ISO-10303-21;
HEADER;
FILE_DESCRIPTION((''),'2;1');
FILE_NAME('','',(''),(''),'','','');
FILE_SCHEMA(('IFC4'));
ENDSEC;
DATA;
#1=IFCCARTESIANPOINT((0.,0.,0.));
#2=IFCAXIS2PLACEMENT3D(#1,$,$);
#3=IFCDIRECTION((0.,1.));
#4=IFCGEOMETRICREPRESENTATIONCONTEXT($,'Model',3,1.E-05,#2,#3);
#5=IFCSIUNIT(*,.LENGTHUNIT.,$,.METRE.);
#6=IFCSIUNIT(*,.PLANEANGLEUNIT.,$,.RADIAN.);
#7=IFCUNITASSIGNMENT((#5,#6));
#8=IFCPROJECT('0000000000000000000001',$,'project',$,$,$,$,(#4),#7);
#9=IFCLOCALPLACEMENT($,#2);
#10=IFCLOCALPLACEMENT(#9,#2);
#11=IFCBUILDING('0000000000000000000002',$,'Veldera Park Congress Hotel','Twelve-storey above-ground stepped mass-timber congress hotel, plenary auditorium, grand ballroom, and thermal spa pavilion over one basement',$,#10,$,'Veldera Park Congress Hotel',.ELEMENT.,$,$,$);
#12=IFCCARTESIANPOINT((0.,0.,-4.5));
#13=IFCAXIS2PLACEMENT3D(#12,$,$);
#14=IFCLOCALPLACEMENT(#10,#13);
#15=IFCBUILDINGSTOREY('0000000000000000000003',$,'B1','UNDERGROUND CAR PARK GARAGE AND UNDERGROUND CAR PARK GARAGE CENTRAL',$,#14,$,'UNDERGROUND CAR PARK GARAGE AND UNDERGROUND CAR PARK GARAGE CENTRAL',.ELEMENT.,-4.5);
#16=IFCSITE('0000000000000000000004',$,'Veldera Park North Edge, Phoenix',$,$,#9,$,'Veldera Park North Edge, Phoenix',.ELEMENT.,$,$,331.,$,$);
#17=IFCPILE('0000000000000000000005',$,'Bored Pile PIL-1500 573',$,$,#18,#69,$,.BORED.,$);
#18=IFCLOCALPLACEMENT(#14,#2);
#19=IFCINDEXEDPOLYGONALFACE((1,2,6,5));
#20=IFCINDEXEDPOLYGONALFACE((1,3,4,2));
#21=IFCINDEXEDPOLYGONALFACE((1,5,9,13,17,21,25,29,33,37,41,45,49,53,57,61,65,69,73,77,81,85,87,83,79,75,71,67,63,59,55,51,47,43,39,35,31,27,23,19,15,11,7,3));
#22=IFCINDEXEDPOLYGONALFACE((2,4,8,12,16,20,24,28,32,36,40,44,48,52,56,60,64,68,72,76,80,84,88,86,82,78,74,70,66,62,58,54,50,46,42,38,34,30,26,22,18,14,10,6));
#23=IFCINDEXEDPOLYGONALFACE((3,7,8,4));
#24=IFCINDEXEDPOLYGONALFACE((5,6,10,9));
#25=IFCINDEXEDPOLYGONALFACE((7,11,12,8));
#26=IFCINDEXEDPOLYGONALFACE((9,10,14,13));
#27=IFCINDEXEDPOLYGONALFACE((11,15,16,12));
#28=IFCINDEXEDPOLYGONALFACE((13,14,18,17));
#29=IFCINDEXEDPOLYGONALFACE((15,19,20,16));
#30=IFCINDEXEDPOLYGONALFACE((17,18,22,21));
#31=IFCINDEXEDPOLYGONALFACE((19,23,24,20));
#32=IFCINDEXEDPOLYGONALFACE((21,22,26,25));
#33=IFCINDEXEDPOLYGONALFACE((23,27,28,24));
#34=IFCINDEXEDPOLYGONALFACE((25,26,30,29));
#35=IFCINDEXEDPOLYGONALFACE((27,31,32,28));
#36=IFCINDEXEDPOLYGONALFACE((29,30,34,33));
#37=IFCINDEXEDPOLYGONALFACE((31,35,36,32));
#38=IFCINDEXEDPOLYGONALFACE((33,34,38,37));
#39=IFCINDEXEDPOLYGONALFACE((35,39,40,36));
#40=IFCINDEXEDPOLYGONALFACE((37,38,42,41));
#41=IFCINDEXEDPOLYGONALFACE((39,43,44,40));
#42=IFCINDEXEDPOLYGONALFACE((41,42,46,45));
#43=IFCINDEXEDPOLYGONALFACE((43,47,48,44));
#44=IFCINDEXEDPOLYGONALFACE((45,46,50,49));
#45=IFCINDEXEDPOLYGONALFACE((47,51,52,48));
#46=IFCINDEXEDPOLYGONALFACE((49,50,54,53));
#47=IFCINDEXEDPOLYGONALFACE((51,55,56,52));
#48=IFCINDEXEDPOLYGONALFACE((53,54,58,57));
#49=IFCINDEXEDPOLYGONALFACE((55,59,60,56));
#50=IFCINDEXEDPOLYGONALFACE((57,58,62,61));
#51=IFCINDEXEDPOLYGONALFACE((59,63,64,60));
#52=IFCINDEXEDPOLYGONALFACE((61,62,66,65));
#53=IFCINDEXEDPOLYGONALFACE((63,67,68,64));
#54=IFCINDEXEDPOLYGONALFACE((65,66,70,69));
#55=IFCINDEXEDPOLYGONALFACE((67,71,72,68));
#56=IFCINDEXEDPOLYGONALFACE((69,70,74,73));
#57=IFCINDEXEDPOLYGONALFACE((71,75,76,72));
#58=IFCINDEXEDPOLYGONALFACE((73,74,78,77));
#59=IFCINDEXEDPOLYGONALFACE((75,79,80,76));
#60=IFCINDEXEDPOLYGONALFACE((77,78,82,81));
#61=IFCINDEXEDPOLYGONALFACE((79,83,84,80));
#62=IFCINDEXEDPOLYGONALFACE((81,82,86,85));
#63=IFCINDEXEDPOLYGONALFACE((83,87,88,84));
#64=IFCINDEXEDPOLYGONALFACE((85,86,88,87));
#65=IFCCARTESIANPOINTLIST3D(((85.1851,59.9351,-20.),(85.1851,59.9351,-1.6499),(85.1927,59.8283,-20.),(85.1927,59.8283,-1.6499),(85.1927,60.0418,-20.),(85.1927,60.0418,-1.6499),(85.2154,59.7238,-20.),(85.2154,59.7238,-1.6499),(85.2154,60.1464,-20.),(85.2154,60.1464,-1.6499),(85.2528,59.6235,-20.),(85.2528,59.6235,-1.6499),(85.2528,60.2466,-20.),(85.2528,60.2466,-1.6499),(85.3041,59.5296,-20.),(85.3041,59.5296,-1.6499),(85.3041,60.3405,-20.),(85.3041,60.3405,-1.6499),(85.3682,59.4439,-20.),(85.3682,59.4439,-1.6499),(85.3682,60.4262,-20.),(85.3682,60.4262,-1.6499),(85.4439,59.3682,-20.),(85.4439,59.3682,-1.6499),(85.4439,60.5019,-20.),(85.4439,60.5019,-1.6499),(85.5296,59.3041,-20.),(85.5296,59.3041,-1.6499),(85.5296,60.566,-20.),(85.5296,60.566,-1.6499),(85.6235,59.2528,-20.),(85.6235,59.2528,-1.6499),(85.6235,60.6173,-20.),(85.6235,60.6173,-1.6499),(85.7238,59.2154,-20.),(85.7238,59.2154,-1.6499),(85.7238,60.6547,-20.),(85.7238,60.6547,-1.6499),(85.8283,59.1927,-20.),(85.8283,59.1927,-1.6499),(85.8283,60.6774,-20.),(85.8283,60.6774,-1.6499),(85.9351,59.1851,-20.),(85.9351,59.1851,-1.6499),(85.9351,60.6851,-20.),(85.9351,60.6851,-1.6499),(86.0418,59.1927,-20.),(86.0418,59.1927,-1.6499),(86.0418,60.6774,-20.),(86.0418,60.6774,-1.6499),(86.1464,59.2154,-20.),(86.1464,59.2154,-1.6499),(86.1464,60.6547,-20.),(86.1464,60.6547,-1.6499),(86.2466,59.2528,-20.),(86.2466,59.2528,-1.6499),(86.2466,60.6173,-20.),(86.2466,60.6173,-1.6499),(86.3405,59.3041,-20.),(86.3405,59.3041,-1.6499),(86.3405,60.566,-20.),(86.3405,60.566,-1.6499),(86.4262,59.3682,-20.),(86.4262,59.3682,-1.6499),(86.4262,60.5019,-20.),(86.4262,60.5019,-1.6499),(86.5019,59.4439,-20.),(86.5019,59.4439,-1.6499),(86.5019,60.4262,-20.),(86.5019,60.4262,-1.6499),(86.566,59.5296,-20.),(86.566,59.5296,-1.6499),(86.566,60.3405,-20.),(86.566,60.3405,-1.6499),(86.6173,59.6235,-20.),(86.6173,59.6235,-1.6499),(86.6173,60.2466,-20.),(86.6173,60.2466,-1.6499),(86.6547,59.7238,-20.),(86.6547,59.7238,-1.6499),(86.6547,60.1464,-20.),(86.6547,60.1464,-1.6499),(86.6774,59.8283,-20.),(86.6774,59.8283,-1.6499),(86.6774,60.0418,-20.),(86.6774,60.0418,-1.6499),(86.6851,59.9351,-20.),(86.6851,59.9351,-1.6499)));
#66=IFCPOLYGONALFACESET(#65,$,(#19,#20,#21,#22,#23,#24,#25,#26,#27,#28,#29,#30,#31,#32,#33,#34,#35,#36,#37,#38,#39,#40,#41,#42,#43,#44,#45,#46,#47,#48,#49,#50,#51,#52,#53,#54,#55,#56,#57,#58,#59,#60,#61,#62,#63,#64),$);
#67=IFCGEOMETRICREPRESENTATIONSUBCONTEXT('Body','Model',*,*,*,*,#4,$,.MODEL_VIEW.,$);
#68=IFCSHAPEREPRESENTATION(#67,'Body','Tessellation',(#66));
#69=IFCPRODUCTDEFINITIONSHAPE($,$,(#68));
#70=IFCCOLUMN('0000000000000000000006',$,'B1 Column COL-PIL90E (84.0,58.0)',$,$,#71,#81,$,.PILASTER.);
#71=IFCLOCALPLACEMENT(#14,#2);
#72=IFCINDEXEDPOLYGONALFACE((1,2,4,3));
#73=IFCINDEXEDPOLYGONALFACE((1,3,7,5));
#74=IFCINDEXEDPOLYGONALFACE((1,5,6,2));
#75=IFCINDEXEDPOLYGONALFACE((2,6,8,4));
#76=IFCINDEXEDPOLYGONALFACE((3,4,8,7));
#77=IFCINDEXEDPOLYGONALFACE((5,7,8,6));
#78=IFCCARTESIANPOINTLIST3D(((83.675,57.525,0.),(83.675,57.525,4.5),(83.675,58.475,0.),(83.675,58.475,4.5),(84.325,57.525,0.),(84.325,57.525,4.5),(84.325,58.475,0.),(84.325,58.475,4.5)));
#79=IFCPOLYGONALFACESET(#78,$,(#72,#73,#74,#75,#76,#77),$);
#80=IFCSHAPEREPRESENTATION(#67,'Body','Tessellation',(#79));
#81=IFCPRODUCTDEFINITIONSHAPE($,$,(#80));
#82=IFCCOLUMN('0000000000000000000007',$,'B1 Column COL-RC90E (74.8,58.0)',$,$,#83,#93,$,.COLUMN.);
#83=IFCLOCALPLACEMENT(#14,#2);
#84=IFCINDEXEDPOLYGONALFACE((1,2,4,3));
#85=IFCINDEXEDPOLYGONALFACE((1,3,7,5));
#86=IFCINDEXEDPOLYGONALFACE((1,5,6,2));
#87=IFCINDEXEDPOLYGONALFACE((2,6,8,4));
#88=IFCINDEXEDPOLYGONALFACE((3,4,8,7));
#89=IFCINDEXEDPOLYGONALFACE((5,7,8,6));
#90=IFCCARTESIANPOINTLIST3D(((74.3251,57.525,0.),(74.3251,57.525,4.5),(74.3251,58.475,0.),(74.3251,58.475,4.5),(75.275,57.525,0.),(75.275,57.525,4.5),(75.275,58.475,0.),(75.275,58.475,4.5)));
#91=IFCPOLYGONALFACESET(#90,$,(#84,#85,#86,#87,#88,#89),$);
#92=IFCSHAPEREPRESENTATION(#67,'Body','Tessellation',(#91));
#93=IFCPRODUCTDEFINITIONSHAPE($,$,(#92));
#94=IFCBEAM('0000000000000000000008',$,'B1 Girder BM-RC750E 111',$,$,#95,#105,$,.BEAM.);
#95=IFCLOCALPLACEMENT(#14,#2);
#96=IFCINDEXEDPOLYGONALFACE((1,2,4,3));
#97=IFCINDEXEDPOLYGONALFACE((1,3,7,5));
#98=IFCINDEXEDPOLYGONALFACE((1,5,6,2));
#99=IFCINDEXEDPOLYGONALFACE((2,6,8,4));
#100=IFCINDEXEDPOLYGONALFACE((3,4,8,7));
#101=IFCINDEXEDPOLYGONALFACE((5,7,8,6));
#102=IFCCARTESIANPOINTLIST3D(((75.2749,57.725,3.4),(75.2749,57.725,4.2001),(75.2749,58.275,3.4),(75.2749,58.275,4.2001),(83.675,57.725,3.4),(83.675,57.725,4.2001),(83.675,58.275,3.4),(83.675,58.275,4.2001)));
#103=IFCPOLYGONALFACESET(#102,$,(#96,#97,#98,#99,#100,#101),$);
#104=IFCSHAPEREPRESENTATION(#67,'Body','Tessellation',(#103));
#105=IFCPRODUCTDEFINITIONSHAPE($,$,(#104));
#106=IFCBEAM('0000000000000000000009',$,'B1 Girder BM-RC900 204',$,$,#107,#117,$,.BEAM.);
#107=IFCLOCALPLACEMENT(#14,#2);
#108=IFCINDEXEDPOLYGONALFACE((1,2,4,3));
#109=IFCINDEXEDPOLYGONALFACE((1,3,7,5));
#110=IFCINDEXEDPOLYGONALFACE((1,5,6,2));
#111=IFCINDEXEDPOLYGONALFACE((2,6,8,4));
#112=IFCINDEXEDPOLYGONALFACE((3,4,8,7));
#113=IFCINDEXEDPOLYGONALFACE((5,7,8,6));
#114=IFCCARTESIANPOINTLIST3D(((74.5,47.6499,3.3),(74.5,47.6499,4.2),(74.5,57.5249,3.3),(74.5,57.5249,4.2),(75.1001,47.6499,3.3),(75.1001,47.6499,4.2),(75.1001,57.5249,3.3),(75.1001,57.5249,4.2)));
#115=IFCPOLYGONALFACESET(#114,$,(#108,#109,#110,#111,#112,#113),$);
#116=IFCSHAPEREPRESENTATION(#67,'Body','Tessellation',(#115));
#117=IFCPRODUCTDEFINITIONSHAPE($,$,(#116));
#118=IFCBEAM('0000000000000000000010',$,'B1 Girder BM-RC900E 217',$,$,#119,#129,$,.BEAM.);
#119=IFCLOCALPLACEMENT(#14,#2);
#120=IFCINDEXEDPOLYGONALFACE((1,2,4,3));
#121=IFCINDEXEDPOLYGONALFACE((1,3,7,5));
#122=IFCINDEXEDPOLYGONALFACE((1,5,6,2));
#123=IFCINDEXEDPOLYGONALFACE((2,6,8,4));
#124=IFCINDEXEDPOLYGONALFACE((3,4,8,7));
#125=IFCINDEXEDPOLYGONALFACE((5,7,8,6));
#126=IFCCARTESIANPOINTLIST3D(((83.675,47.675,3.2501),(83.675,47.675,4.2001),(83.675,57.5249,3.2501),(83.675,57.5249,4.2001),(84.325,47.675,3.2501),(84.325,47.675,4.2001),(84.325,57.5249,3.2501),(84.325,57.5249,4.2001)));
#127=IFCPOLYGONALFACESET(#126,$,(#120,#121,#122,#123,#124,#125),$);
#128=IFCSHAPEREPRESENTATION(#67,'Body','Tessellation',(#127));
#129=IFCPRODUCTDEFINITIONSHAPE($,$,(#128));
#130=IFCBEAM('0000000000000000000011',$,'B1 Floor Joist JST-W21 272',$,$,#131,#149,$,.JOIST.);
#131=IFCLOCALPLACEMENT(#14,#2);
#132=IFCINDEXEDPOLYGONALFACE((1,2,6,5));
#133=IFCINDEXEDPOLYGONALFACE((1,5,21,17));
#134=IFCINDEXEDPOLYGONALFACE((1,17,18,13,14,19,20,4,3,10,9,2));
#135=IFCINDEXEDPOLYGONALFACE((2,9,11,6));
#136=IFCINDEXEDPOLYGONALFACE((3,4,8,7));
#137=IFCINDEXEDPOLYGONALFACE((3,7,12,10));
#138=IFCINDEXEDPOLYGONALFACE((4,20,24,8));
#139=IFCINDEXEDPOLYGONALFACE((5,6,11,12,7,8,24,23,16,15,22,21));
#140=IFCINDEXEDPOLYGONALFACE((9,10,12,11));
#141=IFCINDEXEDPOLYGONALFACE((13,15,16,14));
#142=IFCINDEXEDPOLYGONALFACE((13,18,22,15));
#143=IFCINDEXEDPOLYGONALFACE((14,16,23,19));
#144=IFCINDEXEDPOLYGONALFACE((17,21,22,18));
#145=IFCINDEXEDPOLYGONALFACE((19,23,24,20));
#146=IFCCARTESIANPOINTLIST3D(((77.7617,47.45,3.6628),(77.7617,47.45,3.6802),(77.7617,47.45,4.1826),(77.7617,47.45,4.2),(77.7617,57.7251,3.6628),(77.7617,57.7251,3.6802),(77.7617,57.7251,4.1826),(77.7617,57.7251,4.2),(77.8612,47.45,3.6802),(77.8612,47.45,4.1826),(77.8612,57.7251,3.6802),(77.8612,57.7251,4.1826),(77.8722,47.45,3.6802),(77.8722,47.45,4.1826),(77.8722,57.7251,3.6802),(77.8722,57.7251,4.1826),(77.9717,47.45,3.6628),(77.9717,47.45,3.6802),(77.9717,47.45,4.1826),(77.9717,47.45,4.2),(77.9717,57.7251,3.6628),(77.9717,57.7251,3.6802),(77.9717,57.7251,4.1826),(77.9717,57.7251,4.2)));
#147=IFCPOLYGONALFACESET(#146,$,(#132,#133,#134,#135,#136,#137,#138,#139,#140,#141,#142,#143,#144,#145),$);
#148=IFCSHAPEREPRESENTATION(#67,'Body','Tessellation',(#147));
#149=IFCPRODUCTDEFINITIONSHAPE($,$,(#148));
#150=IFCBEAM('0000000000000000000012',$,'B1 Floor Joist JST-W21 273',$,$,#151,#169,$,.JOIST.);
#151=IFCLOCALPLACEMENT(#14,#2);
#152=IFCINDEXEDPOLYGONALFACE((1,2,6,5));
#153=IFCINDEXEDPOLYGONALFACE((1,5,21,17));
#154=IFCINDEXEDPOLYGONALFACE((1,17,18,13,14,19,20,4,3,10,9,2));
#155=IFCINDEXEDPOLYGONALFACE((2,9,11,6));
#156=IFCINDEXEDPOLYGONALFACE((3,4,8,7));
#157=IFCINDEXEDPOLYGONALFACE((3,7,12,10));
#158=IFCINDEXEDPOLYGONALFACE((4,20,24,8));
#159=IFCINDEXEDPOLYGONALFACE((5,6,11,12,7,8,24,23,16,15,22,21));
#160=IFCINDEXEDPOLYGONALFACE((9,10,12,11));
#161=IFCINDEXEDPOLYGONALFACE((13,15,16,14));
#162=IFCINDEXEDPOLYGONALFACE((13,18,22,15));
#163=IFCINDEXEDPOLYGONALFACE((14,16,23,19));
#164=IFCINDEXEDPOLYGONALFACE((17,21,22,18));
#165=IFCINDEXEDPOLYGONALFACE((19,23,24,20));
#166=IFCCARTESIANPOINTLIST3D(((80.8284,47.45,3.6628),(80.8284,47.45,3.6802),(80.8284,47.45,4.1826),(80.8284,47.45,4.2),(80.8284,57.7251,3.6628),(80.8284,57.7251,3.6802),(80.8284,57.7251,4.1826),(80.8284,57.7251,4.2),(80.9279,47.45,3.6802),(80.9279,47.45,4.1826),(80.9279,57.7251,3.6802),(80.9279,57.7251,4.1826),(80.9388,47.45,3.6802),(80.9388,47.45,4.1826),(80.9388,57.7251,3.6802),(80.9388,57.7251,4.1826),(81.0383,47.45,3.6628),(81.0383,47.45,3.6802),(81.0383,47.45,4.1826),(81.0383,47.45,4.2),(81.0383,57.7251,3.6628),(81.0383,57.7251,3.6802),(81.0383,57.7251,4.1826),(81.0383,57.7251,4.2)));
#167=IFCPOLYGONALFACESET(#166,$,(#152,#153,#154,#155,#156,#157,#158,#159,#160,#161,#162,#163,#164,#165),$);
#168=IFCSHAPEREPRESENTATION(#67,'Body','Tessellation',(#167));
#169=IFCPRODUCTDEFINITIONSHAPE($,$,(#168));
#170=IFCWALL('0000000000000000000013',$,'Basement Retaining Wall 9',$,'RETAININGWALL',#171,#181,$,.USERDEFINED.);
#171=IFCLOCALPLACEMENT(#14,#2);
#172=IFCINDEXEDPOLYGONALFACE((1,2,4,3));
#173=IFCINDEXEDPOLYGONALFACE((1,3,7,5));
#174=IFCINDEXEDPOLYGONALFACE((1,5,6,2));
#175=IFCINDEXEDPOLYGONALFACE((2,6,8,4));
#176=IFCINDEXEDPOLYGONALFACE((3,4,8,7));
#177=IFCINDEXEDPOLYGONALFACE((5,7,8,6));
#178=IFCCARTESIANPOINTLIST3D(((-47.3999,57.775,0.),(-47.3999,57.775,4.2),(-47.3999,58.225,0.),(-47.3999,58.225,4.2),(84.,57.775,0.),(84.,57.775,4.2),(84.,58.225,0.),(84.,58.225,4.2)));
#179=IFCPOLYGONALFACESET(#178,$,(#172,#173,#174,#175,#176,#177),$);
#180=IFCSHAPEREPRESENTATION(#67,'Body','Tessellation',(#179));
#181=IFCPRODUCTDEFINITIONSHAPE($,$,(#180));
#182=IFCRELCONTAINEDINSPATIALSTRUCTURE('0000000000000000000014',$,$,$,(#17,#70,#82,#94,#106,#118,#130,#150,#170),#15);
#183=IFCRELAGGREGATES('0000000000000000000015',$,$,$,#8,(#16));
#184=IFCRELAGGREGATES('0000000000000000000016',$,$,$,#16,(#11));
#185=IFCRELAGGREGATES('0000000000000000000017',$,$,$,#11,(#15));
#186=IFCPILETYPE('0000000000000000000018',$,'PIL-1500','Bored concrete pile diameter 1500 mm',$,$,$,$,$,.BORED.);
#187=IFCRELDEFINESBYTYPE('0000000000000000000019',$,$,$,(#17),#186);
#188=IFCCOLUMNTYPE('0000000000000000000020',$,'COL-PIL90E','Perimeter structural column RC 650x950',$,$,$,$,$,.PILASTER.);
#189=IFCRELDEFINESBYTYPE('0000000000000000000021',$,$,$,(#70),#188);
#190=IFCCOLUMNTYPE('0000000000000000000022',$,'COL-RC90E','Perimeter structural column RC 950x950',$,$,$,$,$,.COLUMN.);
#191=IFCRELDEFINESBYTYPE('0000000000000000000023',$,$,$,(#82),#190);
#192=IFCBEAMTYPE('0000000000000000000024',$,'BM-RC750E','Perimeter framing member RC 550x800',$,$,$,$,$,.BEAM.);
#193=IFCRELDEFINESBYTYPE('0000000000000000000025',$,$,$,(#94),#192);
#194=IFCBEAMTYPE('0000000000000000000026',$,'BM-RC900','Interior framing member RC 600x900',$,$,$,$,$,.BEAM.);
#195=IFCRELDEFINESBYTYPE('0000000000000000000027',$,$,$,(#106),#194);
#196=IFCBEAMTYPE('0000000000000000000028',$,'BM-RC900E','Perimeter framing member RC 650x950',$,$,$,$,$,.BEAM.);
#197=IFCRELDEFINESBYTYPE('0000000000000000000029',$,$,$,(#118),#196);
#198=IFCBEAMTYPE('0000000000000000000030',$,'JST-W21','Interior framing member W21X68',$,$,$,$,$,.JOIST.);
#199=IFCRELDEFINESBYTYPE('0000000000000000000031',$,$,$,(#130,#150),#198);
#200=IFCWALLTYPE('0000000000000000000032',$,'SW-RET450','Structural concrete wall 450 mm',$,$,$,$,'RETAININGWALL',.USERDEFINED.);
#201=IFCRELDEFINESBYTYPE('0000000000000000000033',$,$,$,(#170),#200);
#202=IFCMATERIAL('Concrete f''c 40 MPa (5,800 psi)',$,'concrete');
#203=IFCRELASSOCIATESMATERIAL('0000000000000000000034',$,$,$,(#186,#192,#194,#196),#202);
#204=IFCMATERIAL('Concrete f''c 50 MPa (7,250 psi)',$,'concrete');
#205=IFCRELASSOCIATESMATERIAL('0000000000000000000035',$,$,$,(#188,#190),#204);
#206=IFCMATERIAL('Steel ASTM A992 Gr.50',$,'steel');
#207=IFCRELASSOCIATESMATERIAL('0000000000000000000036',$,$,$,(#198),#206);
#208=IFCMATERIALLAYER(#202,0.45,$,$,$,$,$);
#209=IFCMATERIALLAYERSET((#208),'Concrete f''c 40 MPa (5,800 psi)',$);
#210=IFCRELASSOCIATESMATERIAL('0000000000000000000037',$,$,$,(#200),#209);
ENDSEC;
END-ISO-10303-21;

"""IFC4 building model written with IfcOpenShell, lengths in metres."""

from ifc_helpers import new_model, si_unit, direction, frame, frame_2d, origin, origin_2d, place, context, subcontext, project, spatial, rectangle, circle, i_section, extrude, material, layer, layer_set, material_profile, profile_set, type_object, element, save


model = new_model("IFC4")

# Units and contexts
model_context = context("Model", 3, precision=1e-05, world=origin(), true_north=direction((0.0, 1.0)))
body_context = subcontext(model_context, "Body", "Model", "MODEL_VIEW")
ifc_project = project(units=[si_unit("LENGTHUNIT", "METRE"), si_unit("PLANEANGLEUNIT", "RADIAN")], contexts=[model_context])

# Site, building, storey
site_placement = place(None, origin())
site = spatial("IfcSite", under=ifc_project, at=site_placement, Name="Veldera Park North Edge, Phoenix", LongName="Veldera Park North Edge, Phoenix", CompositionType="ELEMENT", RefElevation=331.0)
building_placement = place(site_placement, origin())
building = spatial("IfcBuilding", under=site, at=building_placement, Name="Veldera Park Congress Hotel", Description="Twelve-storey above-ground stepped mass-timber congress hotel, plenary auditorium, grand ballroom, and thermal spa pavilion over one basement", LongName="Veldera Park Congress Hotel", CompositionType="ELEMENT")
storey_placement = place(building_placement, frame((0.0, 0.0, -4.5)))
storey = spatial("IfcBuildingStorey", under=building, at=storey_placement, Name="B1", Description="UNDERGROUND CAR PARK GARAGE AND UNDERGROUND CAR PARK GARAGE CENTRAL", LongName="UNDERGROUND CAR PARK GARAGE AND UNDERGROUND CAR PARK GARAGE CENTRAL", CompositionType="ELEMENT", Elevation=-4.5)

# Shared definitions
ifc_material_1 = material(Name="Concrete f'c 40 MPa (5,800 psi)", Category="concrete")

# Pile
ifc_material_profile_1 = material_profile(ifc_material_1, circle(Radius=0.75, at=origin_2d()), Name="PILE D1500")
ifc_profile_set_1 = profile_set([ifc_material_profile_1], Name="Concrete f'c 40 MPa (5,800 psi)")
pile_type = type_object("IfcPileType", Name="PIL-1500", Description="Bored concrete pile diameter 1500 mm", PredefinedType="BORED", material=ifc_profile_set_1)
for number, where, z_axis, x_axis, name in (
    (1, (85.9351, 59.9351, -1.6499), (0.0, 0.0, -1.0), (1.0, 0.0, 0.0), "Bored Pile PIL-1500 573"),
):
    element("IfcPile", number, at=place(storey_placement, frame(where, z_axis=z_axis, x_axis=x_axis)), inside=storey, type_object=pile_type, Name=name, PredefinedType="BORED", context=body_context, shape_type="SweptSolid", body=[
        extrude(circle(Radius=0.75, at=origin_2d()), origin(), (0.0, 0.0, 1.0), 18.3501),
    ])

# Columns
ifc_material_2 = material(Name="Concrete f'c 50 MPa (7,250 psi)", Category="concrete")
ifc_material_profile_2 = material_profile(ifc_material_2, rectangle(XDim=0.6499, YDim=0.95, at=origin_2d()), Name="RC 650x950")
ifc_profile_set_2 = profile_set([ifc_material_profile_2], Name="Concrete f'c 50 MPa (7,250 psi)")
column_type_1 = type_object("IfcColumnType", Name="COL-PIL90E", Description="Perimeter structural column RC 650x950", PredefinedType="PILASTER", material=ifc_profile_set_2)
column_1_placement = place(storey_placement, frame((84.0, 58.0, 0.0), z_axis=(0.0, 0.0, 1.0), x_axis=(1.0, 0.0, 0.0)))
element("IfcColumn", 2, at=column_1_placement, inside=storey, type_object=column_type_1, Name="B1 Column COL-PIL90E (84.0,58.0)", PredefinedType="PILASTER", context=body_context, shape_type="SweptSolid", body=[
    extrude(rectangle(XDim=0.6499, YDim=0.95, at=origin_2d()), origin(), (0.0, 0.0, 1.0), 4.5),
])
ifc_material_profile_3 = material_profile(ifc_material_2, rectangle(XDim=0.95, YDim=0.95, at=origin_2d()), Name="RC 950x950")
ifc_profile_set_3 = profile_set([ifc_material_profile_3], Name="Concrete f'c 50 MPa (7,250 psi)")
column_type_2 = type_object("IfcColumnType", Name="COL-RC90E", Description="Perimeter structural column RC 950x950", PredefinedType="COLUMN", material=ifc_profile_set_3)
column_2_placement = place(storey_placement, frame((74.8, 58.0, 0.0), z_axis=(0.0, 0.0, 1.0), x_axis=(1.0, 0.0, 0.0)))
element("IfcColumn", 3, at=column_2_placement, inside=storey, type_object=column_type_2, Name="B1 Column COL-RC90E (74.8,58.0)", PredefinedType="COLUMN", context=body_context, shape_type="SweptSolid", body=[
    extrude(rectangle(XDim=0.95, YDim=0.95, at=origin_2d()), origin(), (0.0, 0.0, 1.0), 4.5),
])

# Beams
ifc_material_profile_4 = material_profile(ifc_material_1, rectangle(XDim=0.55, YDim=0.8, at=origin_2d()), Name="RC 550x800")
ifc_profile_set_4 = profile_set([ifc_material_profile_4], Name="Concrete f'c 40 MPa (5,800 psi)")
beam_type_1 = type_object("IfcBeamType", Name="BM-RC750E", Description="Perimeter framing member RC 550x800", PredefinedType="BEAM", material=ifc_profile_set_4)
beam_1_placement = place(storey_placement, frame((75.2749, 58.0, 3.8), z_axis=(1.0, 0.0, 0.0), x_axis=(0.0, 1.0, 0.0)))
element("IfcBeam", 4, at=beam_1_placement, inside=storey, type_object=beam_type_1, Name="B1 Girder BM-RC750E 111", PredefinedType="BEAM", context=body_context, shape_type="SweptSolid", body=[
    extrude(rectangle(XDim=0.55, YDim=0.8, at=origin_2d()), origin(), (0.0, 0.0, 1.0), 8.4001),
])
ifc_material_profile_5 = material_profile(ifc_material_1, rectangle(XDim=0.6001, YDim=0.8999, at=origin_2d()), Name="RC 600x900")
ifc_profile_set_5 = profile_set([ifc_material_profile_5], Name="Concrete f'c 40 MPa (5,800 psi)")
beam_type_2 = type_object("IfcBeamType", Name="BM-RC900", Description="Interior framing member RC 600x900", PredefinedType="BEAM", material=ifc_profile_set_5)
beam_2_placement = place(storey_placement, frame((74.8, 47.6499, 3.75), z_axis=(0.0, 1.0, 0.0), x_axis=(-1.0, 0.0, 0.0)))
element("IfcBeam", 5, at=beam_2_placement, inside=storey, type_object=beam_type_2, Name="B1 Girder BM-RC900 204", PredefinedType="BEAM", context=body_context, shape_type="SweptSolid", body=[
    extrude(rectangle(XDim=0.6001, YDim=0.8999, at=origin_2d()), origin(), (0.0, 0.0, 1.0), 9.875),
])
ifc_material_profile_6 = material_profile(ifc_material_1, rectangle(XDim=0.6499, YDim=0.95, at=origin_2d()), Name="RC 650x950")
ifc_profile_set_6 = profile_set([ifc_material_profile_6], Name="Concrete f'c 40 MPa (5,800 psi)")
beam_type_3 = type_object("IfcBeamType", Name="BM-RC900E", Description="Perimeter framing member RC 650x950", PredefinedType="BEAM", material=ifc_profile_set_6)
beam_3_placement = place(storey_placement, frame((84.0, 47.675, 3.7251), z_axis=(0.0, 1.0, 0.0), x_axis=(-1.0, 0.0, 0.0)))
element("IfcBeam", 6, at=beam_3_placement, inside=storey, type_object=beam_type_3, Name="B1 Girder BM-RC900E 217", PredefinedType="BEAM", context=body_context, shape_type="SweptSolid", body=[
    extrude(rectangle(XDim=0.6499, YDim=0.95, at=origin_2d()), origin(), (0.0, 0.0, 1.0), 9.8499),
])
ifc_material_3 = material(Name="Steel ASTM A992 Gr.50", Category="steel")
ifc_material_profile_7 = material_profile(ifc_material_3, i_section(OverallWidth=0.21, OverallDepth=0.5371, WebThickness=0.011, FlangeThickness=0.0173, at=origin_2d()), Name="W21X68")
ifc_profile_set_7 = profile_set([ifc_material_profile_7], Name="Steel ASTM A992 Gr.50")
beam_type_4 = type_object("IfcBeamType", Name="JST-W21", Description="Interior framing member W21X68", PredefinedType="JOIST", material=ifc_profile_set_7)
for number, where, z_axis, x_axis, name in (
    (7, (77.8667, 47.45, 3.9314), (0.0, 1.0, 0.0), (-1.0, 0.0, 0.0), "B1 Floor Joist JST-W21 272"),
    (8, (80.9333, 47.45, 3.9314), (0.0, 1.0, 0.0), (-1.0, 0.0, 0.0), "B1 Floor Joist JST-W21 273"),
):
    element("IfcBeam", number, at=place(storey_placement, frame(where, z_axis=z_axis, x_axis=x_axis)), inside=storey, type_object=beam_type_4, Name=name, PredefinedType="JOIST", context=body_context, shape_type="SweptSolid", body=[
        extrude(i_section(OverallWidth=0.21, OverallDepth=0.5371, WebThickness=0.011, FlangeThickness=0.0173, at=origin_2d()), origin(), (0.0, 0.0, 1.0), 10.2751),
    ])

# Wall
ifc_layer = layer(ifc_material_1, 0.45)
ifc_layer_set = layer_set([ifc_layer], Name="Concrete f'c 40 MPa (5,800 psi)")
wall_type = type_object("IfcWallType", Name="SW-RET450", Description="Structural concrete wall 450 mm", ElementType="RETAININGWALL", PredefinedType="USERDEFINED", material=ifc_layer_set)
wall_placement = place(storey_placement, frame((84.0, 58.0, 0.0), z_axis=(0.0, 0.0, 1.0), x_axis=(-1.0, 0.0, 0.0)))
element("IfcWall", 9, at=wall_placement, inside=storey, type_object=wall_type, Name="Basement Retaining Wall 9", ObjectType="RETAININGWALL", PredefinedType="USERDEFINED", context=body_context, shape_type="SweptSolid", body=[
    extrude(rectangle(XDim=131.3999, YDim=0.45, at=frame_2d((65.7, 0.0))), origin(), (0.0, 0.0, 1.0), 4.2),
])

save(model, "model.ifc")
